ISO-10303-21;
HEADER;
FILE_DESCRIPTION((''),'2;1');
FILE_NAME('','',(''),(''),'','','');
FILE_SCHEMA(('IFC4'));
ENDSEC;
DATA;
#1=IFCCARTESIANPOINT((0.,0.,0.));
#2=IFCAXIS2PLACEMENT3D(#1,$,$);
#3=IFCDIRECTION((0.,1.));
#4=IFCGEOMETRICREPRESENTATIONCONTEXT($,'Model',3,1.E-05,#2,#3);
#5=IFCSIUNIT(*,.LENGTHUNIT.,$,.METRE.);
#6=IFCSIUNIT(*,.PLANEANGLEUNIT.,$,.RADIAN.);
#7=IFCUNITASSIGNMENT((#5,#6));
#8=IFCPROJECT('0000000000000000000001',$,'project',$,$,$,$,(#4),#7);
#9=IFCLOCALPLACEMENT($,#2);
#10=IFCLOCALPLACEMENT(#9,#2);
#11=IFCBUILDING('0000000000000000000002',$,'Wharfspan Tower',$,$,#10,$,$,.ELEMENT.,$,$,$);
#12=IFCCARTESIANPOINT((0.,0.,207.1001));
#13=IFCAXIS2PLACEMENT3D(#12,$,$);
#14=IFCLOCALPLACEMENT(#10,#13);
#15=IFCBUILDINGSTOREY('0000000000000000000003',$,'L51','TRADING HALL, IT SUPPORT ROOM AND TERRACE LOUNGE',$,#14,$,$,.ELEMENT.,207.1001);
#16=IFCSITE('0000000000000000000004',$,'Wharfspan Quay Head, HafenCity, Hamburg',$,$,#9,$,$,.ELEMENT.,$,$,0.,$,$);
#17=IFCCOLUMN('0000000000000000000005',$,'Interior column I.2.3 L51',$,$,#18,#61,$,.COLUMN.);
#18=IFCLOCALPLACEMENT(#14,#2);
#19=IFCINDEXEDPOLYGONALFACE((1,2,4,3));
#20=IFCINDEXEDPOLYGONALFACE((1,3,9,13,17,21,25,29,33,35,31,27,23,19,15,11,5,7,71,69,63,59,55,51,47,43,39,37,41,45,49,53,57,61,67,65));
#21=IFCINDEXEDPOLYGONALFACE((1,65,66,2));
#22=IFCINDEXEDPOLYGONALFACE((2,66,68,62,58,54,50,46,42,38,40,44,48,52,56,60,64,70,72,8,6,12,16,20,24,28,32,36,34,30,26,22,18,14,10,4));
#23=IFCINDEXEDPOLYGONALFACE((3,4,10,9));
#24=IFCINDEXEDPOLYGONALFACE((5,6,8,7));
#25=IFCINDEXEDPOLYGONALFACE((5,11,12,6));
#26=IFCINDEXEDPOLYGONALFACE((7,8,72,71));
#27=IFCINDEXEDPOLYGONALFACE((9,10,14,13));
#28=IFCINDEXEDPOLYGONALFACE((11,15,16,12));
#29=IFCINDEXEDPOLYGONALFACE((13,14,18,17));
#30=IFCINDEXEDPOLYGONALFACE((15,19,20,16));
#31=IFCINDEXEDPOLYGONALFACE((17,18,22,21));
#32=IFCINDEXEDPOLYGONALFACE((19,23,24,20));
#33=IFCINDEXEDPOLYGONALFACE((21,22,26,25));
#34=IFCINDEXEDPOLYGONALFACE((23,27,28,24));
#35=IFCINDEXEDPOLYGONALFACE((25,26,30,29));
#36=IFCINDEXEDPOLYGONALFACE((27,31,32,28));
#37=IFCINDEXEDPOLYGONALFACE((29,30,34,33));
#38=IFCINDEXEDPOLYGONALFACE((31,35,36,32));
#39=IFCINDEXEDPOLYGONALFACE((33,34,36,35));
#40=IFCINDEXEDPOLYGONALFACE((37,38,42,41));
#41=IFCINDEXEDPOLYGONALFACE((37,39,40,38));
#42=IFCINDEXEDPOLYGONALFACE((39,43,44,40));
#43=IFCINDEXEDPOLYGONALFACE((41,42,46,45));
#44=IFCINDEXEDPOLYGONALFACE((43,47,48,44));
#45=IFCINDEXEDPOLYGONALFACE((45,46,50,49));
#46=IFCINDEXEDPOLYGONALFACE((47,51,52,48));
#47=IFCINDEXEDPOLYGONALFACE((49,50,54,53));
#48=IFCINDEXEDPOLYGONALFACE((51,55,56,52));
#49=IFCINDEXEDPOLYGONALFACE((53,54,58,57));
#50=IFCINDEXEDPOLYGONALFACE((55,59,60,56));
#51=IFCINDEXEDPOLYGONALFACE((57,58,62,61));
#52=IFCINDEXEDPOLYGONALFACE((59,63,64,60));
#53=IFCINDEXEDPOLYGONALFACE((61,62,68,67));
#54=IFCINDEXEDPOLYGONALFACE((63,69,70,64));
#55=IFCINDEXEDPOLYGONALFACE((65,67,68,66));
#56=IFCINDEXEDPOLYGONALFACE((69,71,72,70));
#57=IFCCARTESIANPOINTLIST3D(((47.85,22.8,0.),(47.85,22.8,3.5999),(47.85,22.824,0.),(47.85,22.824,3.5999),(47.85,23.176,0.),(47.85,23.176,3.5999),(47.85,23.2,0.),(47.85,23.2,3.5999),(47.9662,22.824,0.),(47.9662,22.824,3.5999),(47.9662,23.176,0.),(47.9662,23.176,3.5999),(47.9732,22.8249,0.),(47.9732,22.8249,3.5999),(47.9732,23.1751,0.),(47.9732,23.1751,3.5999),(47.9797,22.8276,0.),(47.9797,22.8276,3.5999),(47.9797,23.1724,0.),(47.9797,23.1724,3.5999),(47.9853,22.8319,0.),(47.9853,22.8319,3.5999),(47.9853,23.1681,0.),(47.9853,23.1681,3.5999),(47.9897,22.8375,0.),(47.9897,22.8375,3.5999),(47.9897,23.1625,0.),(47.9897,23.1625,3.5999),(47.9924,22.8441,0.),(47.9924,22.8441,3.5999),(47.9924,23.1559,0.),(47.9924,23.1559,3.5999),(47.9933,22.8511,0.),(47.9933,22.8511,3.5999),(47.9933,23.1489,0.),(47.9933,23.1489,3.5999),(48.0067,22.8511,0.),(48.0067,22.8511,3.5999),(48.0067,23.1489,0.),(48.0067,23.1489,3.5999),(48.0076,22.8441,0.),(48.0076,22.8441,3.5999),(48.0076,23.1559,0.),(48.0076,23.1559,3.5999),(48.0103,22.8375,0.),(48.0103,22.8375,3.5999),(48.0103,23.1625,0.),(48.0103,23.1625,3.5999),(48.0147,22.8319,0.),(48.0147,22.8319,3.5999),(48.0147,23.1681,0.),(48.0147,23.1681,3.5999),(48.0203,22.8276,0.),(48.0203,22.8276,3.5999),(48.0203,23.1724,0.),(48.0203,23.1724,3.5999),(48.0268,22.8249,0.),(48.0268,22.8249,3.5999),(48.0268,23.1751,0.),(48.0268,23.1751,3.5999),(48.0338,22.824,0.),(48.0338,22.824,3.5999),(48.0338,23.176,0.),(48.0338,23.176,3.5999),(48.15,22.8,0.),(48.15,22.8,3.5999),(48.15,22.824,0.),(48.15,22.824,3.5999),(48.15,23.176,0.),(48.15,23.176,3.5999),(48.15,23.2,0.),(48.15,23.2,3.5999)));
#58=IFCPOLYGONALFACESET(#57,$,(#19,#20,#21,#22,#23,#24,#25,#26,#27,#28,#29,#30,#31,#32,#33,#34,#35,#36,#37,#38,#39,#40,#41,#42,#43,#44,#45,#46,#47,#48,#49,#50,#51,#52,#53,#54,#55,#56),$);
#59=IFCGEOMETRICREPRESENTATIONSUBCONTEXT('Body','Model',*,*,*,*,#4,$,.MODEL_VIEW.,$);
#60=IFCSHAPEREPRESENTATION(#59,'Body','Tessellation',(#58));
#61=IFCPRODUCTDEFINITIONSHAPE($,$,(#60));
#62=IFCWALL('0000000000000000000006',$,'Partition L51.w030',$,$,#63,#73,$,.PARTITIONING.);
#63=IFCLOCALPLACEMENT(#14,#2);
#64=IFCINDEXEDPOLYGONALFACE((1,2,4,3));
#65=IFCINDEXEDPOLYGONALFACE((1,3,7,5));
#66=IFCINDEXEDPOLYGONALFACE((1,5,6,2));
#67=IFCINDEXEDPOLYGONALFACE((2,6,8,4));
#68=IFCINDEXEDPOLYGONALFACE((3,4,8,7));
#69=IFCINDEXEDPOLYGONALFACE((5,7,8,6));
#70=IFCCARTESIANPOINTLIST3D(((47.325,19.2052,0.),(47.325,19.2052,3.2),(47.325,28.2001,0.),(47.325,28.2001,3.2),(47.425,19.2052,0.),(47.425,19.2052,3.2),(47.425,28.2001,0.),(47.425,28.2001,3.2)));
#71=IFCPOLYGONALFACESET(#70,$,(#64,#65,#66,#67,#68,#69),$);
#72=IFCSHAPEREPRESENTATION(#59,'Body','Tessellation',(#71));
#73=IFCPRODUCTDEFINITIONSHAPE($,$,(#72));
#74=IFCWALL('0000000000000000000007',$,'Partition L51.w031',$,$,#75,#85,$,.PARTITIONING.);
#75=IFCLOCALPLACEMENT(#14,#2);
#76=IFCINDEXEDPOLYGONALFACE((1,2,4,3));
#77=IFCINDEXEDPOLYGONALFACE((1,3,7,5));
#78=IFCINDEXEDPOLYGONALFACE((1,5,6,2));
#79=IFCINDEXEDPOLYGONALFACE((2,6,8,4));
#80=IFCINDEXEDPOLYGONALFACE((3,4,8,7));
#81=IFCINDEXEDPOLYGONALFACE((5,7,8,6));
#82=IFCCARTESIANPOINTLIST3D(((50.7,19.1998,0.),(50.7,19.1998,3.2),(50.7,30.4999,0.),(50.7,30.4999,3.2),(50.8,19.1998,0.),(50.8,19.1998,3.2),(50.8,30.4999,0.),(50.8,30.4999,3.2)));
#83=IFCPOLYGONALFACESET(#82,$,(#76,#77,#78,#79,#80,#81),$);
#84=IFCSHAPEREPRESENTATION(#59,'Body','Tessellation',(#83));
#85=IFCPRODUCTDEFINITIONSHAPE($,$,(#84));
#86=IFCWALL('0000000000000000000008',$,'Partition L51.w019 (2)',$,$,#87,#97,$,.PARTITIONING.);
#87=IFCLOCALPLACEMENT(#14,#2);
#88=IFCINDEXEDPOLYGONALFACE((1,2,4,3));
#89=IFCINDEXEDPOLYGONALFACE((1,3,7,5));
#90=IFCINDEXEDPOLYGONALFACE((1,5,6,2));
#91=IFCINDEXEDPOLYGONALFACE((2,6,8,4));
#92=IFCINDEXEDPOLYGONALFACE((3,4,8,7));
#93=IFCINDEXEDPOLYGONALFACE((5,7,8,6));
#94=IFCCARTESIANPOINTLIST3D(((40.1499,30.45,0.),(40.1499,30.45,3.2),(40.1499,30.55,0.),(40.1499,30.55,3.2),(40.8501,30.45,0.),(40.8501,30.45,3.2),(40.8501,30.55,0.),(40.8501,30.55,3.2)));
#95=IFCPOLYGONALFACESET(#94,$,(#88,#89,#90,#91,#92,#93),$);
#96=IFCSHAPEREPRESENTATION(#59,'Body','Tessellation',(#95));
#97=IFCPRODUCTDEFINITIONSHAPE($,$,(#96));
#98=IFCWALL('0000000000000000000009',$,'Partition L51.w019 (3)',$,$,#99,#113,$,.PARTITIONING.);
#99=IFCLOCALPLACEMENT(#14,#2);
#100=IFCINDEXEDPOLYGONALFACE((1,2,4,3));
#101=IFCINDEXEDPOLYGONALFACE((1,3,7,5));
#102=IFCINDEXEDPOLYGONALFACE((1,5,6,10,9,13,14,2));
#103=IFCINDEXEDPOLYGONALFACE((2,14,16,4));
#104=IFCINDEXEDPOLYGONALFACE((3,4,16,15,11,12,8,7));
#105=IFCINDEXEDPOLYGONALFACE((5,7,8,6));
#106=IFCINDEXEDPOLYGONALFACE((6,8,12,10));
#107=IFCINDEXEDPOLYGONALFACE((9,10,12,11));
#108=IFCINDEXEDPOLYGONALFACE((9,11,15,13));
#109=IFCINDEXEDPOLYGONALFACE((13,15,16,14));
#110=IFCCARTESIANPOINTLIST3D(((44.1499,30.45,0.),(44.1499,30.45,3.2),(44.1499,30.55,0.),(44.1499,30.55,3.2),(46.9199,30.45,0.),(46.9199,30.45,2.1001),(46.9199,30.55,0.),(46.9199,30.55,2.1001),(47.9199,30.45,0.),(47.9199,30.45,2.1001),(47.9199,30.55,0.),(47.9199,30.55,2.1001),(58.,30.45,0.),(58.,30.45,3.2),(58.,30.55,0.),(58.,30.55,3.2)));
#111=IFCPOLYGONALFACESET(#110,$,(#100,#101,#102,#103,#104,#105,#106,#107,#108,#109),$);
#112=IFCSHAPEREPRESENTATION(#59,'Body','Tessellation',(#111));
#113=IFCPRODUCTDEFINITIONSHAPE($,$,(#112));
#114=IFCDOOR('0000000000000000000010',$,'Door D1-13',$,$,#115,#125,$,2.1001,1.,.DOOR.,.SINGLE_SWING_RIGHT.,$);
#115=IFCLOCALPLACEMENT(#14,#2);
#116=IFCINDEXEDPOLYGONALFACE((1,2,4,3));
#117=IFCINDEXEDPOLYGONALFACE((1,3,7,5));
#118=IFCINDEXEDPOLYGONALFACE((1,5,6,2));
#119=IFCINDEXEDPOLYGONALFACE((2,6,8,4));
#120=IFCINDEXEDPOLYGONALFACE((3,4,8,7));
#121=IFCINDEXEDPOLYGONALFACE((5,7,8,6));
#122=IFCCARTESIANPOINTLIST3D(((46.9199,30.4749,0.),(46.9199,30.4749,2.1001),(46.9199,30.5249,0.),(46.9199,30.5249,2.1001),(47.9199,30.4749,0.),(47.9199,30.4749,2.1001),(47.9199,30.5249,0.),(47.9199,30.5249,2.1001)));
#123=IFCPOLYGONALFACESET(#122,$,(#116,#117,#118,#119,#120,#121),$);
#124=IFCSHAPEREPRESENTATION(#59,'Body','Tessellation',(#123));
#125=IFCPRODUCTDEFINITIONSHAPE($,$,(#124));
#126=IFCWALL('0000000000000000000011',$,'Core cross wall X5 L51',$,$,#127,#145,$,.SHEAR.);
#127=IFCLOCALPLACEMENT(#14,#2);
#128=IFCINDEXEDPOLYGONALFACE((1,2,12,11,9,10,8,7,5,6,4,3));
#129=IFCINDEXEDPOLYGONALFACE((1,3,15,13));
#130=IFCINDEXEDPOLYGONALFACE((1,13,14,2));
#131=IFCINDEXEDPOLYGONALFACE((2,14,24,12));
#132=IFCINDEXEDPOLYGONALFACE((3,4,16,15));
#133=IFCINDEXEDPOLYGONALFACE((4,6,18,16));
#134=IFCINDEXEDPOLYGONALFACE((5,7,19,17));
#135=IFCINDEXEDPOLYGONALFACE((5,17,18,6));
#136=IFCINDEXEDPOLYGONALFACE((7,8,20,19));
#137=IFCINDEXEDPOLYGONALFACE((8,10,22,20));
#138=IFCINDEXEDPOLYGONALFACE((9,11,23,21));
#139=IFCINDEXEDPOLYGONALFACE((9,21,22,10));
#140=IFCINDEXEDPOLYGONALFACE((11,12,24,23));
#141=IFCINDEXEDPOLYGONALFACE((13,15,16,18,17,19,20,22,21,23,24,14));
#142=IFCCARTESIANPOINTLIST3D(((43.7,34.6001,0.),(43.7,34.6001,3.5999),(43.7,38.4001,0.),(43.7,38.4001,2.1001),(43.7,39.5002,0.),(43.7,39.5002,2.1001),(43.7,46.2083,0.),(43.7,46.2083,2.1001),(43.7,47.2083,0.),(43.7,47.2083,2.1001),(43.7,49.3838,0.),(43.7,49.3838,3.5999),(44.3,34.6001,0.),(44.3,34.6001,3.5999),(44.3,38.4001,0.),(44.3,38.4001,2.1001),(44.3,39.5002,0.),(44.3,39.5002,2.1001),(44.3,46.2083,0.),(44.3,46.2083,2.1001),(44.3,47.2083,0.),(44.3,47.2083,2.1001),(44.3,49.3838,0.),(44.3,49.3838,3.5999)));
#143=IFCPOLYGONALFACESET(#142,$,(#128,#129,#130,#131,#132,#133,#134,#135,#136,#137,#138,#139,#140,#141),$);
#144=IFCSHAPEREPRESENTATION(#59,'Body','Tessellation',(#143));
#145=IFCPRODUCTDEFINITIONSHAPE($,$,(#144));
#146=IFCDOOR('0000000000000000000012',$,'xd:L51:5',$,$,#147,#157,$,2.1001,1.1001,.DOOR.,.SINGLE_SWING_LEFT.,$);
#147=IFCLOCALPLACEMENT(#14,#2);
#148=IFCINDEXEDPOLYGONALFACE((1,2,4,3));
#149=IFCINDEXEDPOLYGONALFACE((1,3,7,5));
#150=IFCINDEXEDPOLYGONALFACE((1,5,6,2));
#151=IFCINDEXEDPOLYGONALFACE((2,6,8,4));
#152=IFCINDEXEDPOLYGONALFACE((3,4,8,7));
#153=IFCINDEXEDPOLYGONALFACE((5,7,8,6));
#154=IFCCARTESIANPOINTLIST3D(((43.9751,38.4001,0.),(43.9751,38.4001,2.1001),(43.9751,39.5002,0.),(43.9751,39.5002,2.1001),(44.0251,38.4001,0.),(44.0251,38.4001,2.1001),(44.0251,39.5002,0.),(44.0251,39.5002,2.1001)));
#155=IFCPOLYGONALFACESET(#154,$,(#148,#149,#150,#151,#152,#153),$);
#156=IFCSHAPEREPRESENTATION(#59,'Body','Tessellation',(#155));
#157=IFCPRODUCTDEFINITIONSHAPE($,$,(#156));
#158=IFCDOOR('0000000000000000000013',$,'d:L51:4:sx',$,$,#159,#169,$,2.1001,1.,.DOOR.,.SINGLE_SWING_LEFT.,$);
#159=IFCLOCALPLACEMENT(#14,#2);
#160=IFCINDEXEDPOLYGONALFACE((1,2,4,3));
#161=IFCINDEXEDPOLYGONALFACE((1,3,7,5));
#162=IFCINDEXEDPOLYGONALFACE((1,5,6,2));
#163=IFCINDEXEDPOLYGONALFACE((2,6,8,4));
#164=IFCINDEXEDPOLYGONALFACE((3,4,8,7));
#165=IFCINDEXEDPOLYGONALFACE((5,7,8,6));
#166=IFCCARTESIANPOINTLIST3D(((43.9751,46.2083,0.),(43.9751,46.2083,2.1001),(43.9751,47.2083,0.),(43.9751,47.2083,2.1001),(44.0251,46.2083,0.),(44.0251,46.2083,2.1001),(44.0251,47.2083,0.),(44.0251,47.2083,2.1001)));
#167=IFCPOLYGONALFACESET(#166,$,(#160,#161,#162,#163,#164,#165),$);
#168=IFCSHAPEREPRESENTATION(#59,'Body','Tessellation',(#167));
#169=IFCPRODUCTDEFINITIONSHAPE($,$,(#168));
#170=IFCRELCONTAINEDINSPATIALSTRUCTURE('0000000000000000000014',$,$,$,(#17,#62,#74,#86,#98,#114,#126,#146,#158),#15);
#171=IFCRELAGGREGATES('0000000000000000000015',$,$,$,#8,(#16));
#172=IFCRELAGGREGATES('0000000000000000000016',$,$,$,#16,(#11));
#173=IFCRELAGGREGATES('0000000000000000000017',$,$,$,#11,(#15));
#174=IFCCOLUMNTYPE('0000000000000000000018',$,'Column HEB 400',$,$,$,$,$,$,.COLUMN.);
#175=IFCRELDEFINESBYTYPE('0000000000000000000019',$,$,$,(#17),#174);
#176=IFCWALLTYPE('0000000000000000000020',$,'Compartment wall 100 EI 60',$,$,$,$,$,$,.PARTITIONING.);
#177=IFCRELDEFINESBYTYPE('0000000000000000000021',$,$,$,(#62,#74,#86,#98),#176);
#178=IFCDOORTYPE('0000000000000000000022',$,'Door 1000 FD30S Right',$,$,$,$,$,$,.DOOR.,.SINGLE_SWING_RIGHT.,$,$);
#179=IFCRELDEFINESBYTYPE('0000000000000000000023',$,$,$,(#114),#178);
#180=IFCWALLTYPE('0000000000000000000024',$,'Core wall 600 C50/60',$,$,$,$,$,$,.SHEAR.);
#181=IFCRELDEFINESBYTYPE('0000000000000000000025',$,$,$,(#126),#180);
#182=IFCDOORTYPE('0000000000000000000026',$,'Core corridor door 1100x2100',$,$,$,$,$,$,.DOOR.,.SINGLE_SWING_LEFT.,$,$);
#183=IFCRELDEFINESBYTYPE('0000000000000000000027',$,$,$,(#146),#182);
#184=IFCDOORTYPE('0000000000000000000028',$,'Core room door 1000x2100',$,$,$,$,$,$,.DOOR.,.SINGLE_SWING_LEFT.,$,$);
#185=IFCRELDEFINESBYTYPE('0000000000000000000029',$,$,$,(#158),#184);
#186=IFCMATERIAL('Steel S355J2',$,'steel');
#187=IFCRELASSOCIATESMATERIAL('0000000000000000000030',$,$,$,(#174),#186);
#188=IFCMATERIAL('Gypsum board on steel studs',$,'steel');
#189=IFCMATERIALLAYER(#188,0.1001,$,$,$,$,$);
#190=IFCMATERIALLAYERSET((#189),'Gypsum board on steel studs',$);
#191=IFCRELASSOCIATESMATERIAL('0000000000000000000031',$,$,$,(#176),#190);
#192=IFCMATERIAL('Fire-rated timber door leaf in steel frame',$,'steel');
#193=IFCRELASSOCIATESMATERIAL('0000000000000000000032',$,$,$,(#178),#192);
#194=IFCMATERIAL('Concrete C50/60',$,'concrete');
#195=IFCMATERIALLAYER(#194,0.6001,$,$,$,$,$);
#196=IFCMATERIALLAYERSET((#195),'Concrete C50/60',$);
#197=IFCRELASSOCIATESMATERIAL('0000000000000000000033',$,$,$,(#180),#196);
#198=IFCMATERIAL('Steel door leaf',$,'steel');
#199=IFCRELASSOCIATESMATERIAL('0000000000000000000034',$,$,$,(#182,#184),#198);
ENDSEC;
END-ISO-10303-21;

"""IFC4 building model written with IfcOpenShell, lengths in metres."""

from ifc_helpers import new_model, si_unit, direction, frame, frame_2d, origin, origin_2d, place, context, subcontext, project, spatial, rectangle, i_section, extrude, material, layer, layer_set, material_profile, profile_set, type_object, element, fill, save


model = new_model("IFC4")

# Units and contexts
model_context = context("Model", 3, precision=1e-05, world=origin(), true_north=direction((0.0, 1.0)))
body_context = subcontext(model_context, "Body", "Model", "MODEL_VIEW")
ifc_project = project(units=[si_unit("LENGTHUNIT", "METRE"), si_unit("PLANEANGLEUNIT", "RADIAN")], contexts=[model_context])

# Site, building, storey
site_placement = place(None, origin())
site = spatial("IfcSite", under=ifc_project, at=site_placement, Name="Wharfspan Quay Head, HafenCity, Hamburg", CompositionType="ELEMENT", RefElevation=0.0)
building_placement = place(site_placement, origin())
building = spatial("IfcBuilding", under=site, at=building_placement, Name="Wharfspan Tower", CompositionType="ELEMENT")
storey_placement = place(building_placement, frame((0.0, 0.0, 207.1001)))
storey = spatial("IfcBuildingStorey", under=building, at=storey_placement, Name="L51", Description="TRADING HALL, IT SUPPORT ROOM AND TERRACE LOUNGE", CompositionType="ELEMENT", Elevation=207.1001)

# Column
ifc_material_1 = material(Name="Steel S355J2", Category="steel")
ifc_material_profile = material_profile(ifc_material_1, i_section(OverallWidth=0.3, OverallDepth=0.3999, WebThickness=0.0134, FlangeThickness=0.0239, FilletRadius=0.0271, at=origin_2d()))
ifc_profile_set = profile_set([ifc_material_profile], Name="Steel S355J2")
column_type = type_object("IfcColumnType", Name="Column HEB 400", PredefinedType="COLUMN", material=ifc_profile_set)
column_placement = place(storey_placement, frame((48.0, 23.0, 0.0), z_axis=(0.0, 0.0, 1.0), x_axis=(1.0, 0.0, 0.0)))
element("IfcColumn", 1, at=column_placement, inside=storey, type_object=column_type, Name="Interior column I.2.3 L51", PredefinedType="COLUMN", context=body_context, shape_type="SweptSolid", body=[
    extrude(i_section(OverallWidth=0.3, OverallDepth=0.3999, WebThickness=0.0134, FlangeThickness=0.0239, FilletRadius=0.0271, at=origin_2d()), origin(), (0.0, 0.0, 1.0), 3.5999),
])

# Walls
ifc_material_2 = material(Name="Gypsum board on steel studs", Category="steel")
ifc_layer_1 = layer(ifc_material_2, 0.1001)
ifc_layer_set_1 = layer_set([ifc_layer_1], Name="Gypsum board on steel studs")
wall_type_1 = type_object("IfcWallType", Name="Compartment wall 100 EI 60", PredefinedType="PARTITIONING", material=ifc_layer_set_1)
wall_1_placement = place(storey_placement, frame((47.375, 19.2051, 0.0), z_axis=(0.0, 0.0, 1.0), x_axis=(0.0, 1.0, 0.0)))
element("IfcWall", 2, at=wall_1_placement, inside=storey, type_object=wall_type_1, Name="Partition L51.w030", PredefinedType="PARTITIONING", context=body_context, shape_type="SweptSolid", body=[
    extrude(rectangle(XDim=8.9949, YDim=0.1001, at=frame_2d((4.4976, 0.0))), origin(), (0.0, 0.0, 1.0), 3.2),
])
wall_2_placement = place(storey_placement, frame((50.75, 19.2, 0.0), z_axis=(0.0, 0.0, 1.0), x_axis=(0.0, 1.0, 0.0)))
element("IfcWall", 3, at=wall_2_placement, inside=storey, type_object=wall_type_1, Name="Partition L51.w031", PredefinedType="PARTITIONING", context=body_context, shape_type="SweptSolid", body=[
    extrude(rectangle(XDim=11.3, YDim=0.1001, at=frame_2d((5.6499, 0.0))), origin(), (0.0, 0.0, 1.0), 3.2),
])
wall_3_placement = place(storey_placement, frame((40.1499, 30.5, 0.0), z_axis=(0.0, 0.0, 1.0), x_axis=(1.0, 0.0, 0.0)))
element("IfcWall", 4, at=wall_3_placement, inside=storey, type_object=wall_type_1, Name="Partition L51.w019 (2)", PredefinedType="PARTITIONING", context=body_context, shape_type="SweptSolid", body=[
    extrude(rectangle(XDim=0.7002, YDim=0.1001, at=frame_2d((0.3501, 0.0))), origin(), (0.0, 0.0, 1.0), 3.2),
])

# Wall, opening, door
wall_4_placement = place(storey_placement, frame((44.1499, 30.5, 0.0), z_axis=(0.0, 0.0, 1.0), x_axis=(1.0, 0.0, 0.0)))
wall_4 = element("IfcWall", 5, at=wall_4_placement, inside=storey, type_object=wall_type_1, Name="Partition L51.w019 (3)", PredefinedType="PARTITIONING", context=body_context, shape_type="SweptSolid", body=[
    extrude(rectangle(XDim=13.8501, YDim=0.1001, at=frame_2d((6.925, 0.0))), origin(), (0.0, 0.0, 1.0), 3.2),
])
opening_1_placement = place(wall_4_placement, frame((2.77, 0.0, 0.0)))
opening_1 = element("IfcOpeningElement", 6, at=opening_1_placement, cuts=wall_4, PredefinedType="OPENING", context=body_context, shape_type="SweptSolid", body=[
    extrude(rectangle(XDim=1.0, YDim=2.1001, at=frame_2d((0.5, 1.05))), frame((0.0, 0.0601, 0.0), z_axis=(0.0, -1.0, 0.0), x_axis=(1.0, 0.0, 0.0)), (0.0, 0.0, 1.0), 0.1201),
])
ifc_material_3 = material(Name="Fire-rated timber door leaf in steel frame", Category="steel")
door_type_1 = type_object("IfcDoorType", Name="Door 1000 FD30S Right", OperationType="SINGLE_SWING_RIGHT", PredefinedType="DOOR", material=ifc_material_3)
door_1_placement = place(opening_1_placement, origin())
door_1 = element("IfcDoor", 7, at=door_1_placement, inside=storey, type_object=door_type_1, Name="Door D1-13", OperationType="SINGLE_SWING_RIGHT", OverallHeight=2.1001, OverallWidth=1.0, PredefinedType="DOOR", context=body_context, shape_type="SweptSolid", body=[
    extrude(rectangle(XDim=1.0, YDim=2.1001, at=frame_2d((0.5, 1.05))), frame((0.0, 0.0249, 0.0), z_axis=(0.0, -1.0, 0.0), x_axis=(1.0, 0.0, 0.0)), (0.0, 0.0, 1.0), 0.05),
])
fill(opening_1, door_1)

# Wall, openings, doors
ifc_material_4 = material(Name="Concrete C50/60", Category="concrete")
ifc_layer_2 = layer(ifc_material_4, 0.6001)
ifc_layer_set_2 = layer_set([ifc_layer_2], Name="Concrete C50/60")
wall_type_2 = type_object("IfcWallType", Name="Core wall 600 C50/60", PredefinedType="SHEAR", material=ifc_layer_set_2)
wall_5_placement = place(storey_placement, frame((44.0, 34.6001, 0.0), z_axis=(0.0, 0.0, 1.0), x_axis=(0.0, 1.0, 0.0)))
wall_5 = element("IfcWall", 8, at=wall_5_placement, inside=storey, type_object=wall_type_2, Name="Core cross wall X5 L51", PredefinedType="SHEAR", context=body_context, shape_type="SweptSolid", body=[
    extrude(rectangle(XDim=14.7837, YDim=0.6001, at=frame_2d((7.3918, 0.0))), origin(), (0.0, 0.0, 1.0), 3.5999),
])
opening_2_placement = place(wall_5_placement, frame((11.6082, 0.0, 0.0)))
opening_2 = element("IfcOpeningElement", 9, at=opening_2_placement, cuts=wall_5, PredefinedType="OPENING", context=body_context, shape_type="SweptSolid", body=[
    extrude(rectangle(XDim=1.0, YDim=2.1001, at=frame_2d((0.5, 1.05))), frame((0.0, 0.3101, 0.0), z_axis=(0.0, -1.0, 0.0), x_axis=(1.0, 0.0, 0.0)), (0.0, 0.0, 1.0), 0.6201),
])
opening_3_placement = place(wall_5_placement, frame((3.8, 0.0, 0.0)))
opening_3 = element("IfcOpeningElement", 10, at=opening_3_placement, cuts=wall_5, PredefinedType="OPENING", context=body_context, shape_type="SweptSolid", body=[
    extrude(rectangle(XDim=1.1001, YDim=2.1001, at=frame_2d((0.55, 1.05))), frame((0.0, 0.3101, 0.0), z_axis=(0.0, -1.0, 0.0), x_axis=(1.0, 0.0, 0.0)), (0.0, 0.0, 1.0), 0.6201),
])
ifc_material_5 = material(Name="Steel door leaf", Category="steel")
door_type_2 = type_object("IfcDoorType", Name="Core corridor door 1100x2100", OperationType="SINGLE_SWING_LEFT", PredefinedType="DOOR", material=ifc_material_5)
door_2_placement = place(opening_3_placement, origin())
door_2 = element("IfcDoor", 11, at=door_2_placement, inside=storey, type_object=door_type_2, Name="xd:L51:5", OperationType="SINGLE_SWING_LEFT", OverallHeight=2.1001, OverallWidth=1.1001, PredefinedType="DOOR", context=body_context, shape_type="SweptSolid", body=[
    extrude(rectangle(XDim=1.1001, YDim=2.1001, at=frame_2d((0.55, 1.05))), frame((0.0, 0.0249, 0.0), z_axis=(0.0, -1.0, 0.0), x_axis=(1.0, 0.0, 0.0)), (0.0, 0.0, 1.0), 0.05),
])
fill(opening_3, door_2)
door_type_3 = type_object("IfcDoorType", Name="Core room door 1000x2100", OperationType="SINGLE_SWING_LEFT", PredefinedType="DOOR", material=ifc_material_5)
door_3_placement = place(opening_2_placement, origin())
door_3 = element("IfcDoor", 12, at=door_3_placement, inside=storey, type_object=door_type_3, Name="d:L51:4:sx", OperationType="SINGLE_SWING_LEFT", OverallHeight=2.1001, OverallWidth=1.0, PredefinedType="DOOR", context=body_context, shape_type="SweptSolid", body=[
    extrude(rectangle(XDim=1.0, YDim=2.1001, at=frame_2d((0.5, 1.05))), frame((0.0, 0.0249, 0.0), z_axis=(0.0, -1.0, 0.0), x_axis=(1.0, 0.0, 0.0)), (0.0, 0.0, 1.0), 0.05),
])
fill(opening_2, door_3)

save(model, "model.ifc")
